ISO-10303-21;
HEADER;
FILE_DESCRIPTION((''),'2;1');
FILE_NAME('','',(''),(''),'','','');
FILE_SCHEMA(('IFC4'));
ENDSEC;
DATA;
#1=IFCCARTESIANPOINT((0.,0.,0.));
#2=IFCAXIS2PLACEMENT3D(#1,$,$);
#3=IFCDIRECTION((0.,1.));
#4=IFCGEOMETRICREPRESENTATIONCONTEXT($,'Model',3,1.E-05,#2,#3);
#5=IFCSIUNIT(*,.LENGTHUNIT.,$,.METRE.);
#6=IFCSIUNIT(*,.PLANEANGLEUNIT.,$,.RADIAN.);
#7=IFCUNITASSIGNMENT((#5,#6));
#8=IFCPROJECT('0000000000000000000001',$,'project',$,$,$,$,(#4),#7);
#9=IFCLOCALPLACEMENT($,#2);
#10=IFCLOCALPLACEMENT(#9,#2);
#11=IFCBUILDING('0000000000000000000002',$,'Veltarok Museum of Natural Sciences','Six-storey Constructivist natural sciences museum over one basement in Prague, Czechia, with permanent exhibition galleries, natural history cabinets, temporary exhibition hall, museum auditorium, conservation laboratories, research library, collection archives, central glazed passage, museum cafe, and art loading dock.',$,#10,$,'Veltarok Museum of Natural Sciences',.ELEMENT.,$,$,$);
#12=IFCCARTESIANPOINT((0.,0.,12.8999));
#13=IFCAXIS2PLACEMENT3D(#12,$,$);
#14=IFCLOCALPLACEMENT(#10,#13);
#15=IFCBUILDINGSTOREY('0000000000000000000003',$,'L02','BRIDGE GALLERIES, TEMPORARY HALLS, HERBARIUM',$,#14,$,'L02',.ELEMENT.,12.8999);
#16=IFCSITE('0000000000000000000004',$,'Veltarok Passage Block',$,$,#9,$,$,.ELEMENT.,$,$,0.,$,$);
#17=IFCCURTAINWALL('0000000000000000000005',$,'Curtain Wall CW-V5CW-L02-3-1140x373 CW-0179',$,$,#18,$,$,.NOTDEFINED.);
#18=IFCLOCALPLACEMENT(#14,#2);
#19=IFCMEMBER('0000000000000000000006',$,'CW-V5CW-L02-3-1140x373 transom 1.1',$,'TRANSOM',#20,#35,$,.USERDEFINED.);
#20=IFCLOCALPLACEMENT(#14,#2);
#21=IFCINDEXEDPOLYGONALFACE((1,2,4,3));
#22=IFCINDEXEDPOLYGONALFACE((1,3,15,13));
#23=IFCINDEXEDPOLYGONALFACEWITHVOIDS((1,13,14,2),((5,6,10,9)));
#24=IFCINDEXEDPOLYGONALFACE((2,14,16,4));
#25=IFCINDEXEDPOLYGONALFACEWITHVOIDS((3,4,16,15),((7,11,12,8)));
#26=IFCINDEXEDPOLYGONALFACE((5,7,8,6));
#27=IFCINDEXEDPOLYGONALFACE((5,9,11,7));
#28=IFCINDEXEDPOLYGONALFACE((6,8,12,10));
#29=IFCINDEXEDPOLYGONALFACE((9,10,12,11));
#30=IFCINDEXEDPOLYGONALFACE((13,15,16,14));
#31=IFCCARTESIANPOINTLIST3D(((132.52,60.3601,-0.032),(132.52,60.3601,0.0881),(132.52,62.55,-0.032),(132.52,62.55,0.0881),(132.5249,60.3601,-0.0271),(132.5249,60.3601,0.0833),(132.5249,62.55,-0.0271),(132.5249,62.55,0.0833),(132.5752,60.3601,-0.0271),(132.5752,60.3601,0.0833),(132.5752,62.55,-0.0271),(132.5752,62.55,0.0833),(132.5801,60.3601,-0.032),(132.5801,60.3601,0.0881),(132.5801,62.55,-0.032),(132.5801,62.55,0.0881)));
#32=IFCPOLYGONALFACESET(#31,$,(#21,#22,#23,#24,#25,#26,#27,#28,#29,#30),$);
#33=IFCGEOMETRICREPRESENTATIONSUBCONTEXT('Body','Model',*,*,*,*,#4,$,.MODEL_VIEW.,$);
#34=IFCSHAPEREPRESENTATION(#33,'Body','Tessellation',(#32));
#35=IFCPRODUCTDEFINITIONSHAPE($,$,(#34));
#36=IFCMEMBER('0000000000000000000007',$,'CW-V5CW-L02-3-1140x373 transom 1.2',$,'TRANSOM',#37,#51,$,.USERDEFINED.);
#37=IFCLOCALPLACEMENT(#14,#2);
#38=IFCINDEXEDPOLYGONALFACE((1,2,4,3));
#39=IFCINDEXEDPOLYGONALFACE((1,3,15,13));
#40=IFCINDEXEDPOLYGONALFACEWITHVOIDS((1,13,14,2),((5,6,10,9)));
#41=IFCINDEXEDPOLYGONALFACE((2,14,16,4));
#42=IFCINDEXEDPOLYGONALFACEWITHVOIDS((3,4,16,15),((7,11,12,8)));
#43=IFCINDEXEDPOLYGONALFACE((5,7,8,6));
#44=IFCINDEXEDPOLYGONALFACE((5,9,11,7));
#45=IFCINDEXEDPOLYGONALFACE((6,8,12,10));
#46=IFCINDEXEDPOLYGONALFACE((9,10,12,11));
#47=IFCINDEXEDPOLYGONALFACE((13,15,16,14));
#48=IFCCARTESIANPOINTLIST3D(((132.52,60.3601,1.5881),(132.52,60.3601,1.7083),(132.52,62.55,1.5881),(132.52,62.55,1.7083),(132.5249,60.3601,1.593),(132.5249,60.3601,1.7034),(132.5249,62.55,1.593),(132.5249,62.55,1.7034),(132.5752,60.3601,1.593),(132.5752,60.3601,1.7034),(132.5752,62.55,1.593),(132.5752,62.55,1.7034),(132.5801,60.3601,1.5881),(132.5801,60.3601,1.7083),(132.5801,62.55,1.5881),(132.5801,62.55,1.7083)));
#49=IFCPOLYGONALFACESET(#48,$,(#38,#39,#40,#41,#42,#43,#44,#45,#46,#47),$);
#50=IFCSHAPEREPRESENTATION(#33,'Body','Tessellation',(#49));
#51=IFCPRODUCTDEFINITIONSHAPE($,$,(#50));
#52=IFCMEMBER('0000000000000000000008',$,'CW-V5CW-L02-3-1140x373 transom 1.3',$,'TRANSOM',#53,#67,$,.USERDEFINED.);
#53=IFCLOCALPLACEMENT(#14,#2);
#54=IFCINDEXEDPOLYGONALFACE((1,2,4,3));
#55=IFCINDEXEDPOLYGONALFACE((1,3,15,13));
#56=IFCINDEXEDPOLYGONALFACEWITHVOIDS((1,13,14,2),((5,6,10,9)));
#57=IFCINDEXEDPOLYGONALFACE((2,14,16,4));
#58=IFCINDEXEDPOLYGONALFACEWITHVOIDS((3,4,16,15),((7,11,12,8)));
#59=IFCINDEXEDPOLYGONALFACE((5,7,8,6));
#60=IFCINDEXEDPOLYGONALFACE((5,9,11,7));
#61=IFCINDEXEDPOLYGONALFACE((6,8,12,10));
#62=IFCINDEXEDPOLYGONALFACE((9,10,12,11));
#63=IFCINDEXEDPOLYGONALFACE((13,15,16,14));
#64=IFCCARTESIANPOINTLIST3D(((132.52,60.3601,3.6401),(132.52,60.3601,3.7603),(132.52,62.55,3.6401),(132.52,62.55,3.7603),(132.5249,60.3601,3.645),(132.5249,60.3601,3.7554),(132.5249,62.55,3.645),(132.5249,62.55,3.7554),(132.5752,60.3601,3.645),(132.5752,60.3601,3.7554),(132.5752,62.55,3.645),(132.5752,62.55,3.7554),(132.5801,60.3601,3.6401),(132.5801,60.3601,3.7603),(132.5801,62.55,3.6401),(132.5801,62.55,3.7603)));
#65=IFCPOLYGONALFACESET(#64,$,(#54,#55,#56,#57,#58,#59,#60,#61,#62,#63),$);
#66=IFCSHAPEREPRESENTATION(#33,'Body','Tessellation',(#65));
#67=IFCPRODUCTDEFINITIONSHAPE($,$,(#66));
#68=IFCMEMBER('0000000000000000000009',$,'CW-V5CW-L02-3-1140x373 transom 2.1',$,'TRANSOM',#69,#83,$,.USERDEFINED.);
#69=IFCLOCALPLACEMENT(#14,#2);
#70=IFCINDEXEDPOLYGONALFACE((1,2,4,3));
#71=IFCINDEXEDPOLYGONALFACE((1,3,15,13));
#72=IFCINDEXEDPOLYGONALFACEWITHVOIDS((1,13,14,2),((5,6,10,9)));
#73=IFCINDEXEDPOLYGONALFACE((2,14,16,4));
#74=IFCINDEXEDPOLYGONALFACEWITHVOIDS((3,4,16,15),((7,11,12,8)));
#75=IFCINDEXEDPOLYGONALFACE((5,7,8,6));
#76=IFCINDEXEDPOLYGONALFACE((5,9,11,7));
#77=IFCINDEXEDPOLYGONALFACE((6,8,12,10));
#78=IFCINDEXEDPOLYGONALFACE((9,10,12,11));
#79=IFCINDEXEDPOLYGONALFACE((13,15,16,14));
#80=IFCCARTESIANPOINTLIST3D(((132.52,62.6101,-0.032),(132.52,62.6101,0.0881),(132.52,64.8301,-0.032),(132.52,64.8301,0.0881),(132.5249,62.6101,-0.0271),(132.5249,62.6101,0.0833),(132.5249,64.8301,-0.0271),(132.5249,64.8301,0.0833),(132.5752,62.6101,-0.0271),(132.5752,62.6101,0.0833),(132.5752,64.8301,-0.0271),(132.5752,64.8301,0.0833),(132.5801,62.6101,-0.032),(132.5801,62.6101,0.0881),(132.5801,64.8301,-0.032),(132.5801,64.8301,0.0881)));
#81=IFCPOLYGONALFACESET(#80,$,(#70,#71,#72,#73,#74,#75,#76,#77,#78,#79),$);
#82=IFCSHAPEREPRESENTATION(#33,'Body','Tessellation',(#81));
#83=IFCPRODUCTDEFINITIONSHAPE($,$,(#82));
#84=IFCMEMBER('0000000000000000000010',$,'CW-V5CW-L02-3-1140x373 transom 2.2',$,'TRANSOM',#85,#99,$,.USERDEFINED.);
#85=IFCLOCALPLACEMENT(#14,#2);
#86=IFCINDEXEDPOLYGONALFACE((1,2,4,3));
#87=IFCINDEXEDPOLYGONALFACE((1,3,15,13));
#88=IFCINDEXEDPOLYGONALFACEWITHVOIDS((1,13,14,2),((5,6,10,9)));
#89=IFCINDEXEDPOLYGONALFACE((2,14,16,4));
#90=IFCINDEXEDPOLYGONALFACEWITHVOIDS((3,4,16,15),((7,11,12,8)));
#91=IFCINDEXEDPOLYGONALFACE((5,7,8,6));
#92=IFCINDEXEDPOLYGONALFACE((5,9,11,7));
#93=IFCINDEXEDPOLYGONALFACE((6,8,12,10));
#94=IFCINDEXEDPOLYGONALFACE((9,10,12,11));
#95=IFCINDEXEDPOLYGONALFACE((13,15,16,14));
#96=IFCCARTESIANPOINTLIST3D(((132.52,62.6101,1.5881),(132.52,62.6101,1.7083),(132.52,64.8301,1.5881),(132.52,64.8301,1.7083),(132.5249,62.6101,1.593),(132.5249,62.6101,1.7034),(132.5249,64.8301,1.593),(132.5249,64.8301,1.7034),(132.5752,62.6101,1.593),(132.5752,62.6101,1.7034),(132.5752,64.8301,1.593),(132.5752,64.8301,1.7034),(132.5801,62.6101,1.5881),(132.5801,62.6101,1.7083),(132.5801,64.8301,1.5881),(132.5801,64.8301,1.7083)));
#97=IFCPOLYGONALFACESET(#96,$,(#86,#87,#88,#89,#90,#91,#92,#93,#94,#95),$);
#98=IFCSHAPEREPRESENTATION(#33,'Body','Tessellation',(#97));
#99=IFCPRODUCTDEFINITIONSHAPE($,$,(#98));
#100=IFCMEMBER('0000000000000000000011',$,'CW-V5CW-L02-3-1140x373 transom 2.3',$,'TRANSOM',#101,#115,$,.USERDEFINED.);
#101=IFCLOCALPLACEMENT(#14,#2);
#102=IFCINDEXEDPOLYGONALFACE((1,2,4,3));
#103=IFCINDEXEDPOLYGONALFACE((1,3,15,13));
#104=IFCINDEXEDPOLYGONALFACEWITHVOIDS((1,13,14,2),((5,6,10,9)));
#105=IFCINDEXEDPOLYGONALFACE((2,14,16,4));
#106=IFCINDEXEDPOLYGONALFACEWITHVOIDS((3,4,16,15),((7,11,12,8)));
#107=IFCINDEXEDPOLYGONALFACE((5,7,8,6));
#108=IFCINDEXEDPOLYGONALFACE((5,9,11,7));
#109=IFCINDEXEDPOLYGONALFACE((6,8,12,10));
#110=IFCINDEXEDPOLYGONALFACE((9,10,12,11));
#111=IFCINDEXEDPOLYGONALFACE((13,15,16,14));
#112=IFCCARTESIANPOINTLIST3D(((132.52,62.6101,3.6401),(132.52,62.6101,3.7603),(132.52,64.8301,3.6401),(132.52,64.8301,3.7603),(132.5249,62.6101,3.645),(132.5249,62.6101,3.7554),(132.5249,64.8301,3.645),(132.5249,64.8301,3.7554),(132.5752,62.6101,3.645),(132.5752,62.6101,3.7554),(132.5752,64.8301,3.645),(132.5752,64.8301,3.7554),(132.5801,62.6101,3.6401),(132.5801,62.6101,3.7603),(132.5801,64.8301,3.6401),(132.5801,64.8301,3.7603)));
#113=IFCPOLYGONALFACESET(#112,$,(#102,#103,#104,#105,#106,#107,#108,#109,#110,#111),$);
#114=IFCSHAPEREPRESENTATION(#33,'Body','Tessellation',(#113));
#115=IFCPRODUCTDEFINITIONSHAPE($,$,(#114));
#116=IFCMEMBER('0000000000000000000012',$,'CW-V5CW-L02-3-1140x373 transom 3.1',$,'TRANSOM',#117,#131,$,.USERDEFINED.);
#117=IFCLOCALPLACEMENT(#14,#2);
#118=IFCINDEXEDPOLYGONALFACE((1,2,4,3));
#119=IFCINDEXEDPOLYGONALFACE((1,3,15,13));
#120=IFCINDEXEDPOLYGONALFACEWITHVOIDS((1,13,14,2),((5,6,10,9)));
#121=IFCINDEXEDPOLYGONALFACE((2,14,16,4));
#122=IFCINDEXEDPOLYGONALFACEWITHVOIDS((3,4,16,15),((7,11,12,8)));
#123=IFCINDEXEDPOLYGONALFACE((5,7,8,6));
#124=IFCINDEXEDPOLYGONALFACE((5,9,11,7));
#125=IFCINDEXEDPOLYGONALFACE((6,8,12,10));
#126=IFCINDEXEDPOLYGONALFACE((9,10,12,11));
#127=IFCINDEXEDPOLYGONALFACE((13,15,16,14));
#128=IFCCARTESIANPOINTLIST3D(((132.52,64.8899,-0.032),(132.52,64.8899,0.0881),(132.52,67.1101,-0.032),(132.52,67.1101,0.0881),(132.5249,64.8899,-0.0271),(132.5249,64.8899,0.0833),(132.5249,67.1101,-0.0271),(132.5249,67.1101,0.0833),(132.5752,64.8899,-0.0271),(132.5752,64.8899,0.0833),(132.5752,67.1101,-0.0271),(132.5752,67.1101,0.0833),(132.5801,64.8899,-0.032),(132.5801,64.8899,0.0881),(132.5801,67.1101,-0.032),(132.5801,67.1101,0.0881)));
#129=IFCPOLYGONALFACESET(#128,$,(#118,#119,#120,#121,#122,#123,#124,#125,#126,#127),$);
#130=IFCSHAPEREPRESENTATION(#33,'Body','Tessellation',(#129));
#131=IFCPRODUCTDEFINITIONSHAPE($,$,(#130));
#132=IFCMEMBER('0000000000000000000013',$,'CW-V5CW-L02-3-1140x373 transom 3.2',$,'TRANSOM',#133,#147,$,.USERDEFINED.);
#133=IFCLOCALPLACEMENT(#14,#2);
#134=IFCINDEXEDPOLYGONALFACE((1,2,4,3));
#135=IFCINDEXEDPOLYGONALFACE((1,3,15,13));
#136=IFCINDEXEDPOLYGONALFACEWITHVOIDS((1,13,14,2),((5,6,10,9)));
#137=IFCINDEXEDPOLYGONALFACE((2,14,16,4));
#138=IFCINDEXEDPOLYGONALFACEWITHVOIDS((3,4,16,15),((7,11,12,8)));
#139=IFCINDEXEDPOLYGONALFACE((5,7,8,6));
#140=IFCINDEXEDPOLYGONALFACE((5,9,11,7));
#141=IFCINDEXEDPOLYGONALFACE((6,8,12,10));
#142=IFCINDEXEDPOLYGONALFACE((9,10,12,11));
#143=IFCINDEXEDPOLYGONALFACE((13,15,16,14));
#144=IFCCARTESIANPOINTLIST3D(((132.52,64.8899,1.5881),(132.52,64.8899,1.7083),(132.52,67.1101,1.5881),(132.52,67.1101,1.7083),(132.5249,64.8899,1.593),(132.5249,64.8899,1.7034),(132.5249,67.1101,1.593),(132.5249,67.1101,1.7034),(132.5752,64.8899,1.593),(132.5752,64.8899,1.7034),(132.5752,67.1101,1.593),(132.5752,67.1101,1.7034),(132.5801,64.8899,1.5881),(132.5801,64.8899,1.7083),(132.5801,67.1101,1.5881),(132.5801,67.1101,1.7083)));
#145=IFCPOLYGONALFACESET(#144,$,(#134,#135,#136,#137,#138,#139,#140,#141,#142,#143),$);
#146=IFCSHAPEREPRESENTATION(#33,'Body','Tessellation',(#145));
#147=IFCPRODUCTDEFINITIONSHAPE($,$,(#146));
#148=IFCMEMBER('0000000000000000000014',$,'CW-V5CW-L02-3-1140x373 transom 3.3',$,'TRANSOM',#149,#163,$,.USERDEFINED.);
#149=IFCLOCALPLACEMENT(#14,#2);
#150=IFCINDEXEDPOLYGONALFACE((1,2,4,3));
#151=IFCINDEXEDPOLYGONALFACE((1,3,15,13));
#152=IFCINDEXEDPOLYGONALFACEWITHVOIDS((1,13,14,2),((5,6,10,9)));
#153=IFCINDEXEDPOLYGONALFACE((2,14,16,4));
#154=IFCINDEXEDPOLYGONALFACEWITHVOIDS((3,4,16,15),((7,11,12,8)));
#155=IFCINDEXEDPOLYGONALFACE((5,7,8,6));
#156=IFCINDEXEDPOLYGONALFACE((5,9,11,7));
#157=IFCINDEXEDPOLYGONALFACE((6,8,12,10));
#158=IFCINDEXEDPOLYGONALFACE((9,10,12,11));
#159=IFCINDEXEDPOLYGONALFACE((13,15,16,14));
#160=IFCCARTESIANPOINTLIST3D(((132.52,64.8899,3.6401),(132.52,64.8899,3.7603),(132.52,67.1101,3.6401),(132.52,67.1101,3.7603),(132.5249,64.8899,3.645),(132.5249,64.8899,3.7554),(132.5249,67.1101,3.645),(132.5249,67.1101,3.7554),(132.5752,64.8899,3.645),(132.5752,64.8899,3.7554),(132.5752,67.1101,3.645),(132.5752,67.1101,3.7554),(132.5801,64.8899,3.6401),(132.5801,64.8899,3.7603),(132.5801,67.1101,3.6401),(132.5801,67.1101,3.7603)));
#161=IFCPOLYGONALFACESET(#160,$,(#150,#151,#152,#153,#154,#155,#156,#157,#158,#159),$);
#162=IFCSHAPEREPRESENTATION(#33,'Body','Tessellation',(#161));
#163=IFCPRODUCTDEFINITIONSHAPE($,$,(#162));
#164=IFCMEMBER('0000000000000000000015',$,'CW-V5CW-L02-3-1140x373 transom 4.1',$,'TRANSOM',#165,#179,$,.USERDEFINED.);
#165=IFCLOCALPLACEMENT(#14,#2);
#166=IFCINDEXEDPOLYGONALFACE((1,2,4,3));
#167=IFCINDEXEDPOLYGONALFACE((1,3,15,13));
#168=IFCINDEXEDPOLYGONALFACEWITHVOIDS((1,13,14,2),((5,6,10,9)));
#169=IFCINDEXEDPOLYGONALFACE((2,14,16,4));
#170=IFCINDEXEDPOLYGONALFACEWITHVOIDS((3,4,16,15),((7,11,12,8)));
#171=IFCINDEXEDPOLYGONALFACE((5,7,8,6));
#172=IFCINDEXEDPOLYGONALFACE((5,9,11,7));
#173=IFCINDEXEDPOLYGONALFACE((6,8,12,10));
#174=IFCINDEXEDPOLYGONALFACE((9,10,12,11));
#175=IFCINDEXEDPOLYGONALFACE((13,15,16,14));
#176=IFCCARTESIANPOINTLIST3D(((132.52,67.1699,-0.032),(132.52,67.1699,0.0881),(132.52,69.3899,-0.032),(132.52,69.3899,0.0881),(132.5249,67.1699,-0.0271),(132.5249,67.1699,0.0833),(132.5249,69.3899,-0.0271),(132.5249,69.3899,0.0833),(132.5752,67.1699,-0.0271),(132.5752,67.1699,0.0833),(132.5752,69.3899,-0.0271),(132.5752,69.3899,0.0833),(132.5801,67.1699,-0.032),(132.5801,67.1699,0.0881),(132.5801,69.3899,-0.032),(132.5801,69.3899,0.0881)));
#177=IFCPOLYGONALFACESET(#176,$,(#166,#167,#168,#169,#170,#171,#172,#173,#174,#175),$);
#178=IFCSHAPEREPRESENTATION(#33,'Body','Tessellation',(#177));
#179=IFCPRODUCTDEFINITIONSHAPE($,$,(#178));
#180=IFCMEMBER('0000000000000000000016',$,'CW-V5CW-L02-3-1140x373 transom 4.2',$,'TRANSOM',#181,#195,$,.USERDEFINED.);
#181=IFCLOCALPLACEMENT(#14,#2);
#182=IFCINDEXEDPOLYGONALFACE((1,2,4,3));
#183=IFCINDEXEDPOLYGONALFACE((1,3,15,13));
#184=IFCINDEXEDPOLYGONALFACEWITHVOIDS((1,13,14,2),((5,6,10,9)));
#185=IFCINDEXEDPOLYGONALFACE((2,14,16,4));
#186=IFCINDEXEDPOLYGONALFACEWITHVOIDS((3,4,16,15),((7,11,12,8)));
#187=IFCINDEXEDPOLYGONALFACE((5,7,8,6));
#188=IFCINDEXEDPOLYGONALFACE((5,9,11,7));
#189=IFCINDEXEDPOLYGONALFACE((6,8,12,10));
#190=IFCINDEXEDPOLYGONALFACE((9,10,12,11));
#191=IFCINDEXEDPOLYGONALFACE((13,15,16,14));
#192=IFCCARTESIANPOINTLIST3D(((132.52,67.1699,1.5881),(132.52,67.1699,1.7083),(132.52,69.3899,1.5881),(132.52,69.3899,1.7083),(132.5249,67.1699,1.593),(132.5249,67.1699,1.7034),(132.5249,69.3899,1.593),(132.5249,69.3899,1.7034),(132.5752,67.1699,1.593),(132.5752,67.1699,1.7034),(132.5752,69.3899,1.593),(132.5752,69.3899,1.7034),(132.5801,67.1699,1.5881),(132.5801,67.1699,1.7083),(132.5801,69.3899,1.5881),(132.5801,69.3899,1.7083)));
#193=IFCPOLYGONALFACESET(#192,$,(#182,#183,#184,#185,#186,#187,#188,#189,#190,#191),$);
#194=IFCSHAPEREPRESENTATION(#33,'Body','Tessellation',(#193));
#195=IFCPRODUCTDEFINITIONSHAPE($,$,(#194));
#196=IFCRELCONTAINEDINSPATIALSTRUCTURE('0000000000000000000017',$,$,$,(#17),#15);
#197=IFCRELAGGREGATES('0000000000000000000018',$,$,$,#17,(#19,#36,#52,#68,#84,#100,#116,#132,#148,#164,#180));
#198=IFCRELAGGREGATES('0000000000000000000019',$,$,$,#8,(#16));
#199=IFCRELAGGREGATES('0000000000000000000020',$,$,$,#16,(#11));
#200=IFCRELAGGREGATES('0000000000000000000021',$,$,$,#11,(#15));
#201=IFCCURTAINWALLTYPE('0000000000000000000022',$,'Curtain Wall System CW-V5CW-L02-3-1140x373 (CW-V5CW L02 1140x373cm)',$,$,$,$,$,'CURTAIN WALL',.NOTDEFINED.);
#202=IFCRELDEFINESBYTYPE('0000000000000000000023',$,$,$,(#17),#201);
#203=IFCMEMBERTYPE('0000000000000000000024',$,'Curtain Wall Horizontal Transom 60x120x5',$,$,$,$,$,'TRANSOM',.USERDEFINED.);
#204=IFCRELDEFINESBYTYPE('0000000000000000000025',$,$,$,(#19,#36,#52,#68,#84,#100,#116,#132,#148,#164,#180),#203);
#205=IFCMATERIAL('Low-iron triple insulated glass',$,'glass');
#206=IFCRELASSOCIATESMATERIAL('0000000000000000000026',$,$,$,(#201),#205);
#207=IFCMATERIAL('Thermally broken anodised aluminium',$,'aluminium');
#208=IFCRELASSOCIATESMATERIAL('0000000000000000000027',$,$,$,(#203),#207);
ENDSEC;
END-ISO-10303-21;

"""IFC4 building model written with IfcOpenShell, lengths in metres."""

from ifc_helpers import new_model, si_unit, direction, frame, origin, origin_2d, place, context, subcontext, project, spatial, hollow_rectangle, extrude, material, material_profile, profile_set, type_object, element, aggregate, save


model = new_model("IFC4")

# Units and contexts
model_context = context("Model", 3, precision=1e-05, world=origin(), true_north=direction((0.0, 1.0)))
body_context = subcontext(model_context, "Body", "Model", "MODEL_VIEW")
ifc_project = project(units=[si_unit("LENGTHUNIT", "METRE"), si_unit("PLANEANGLEUNIT", "RADIAN")], contexts=[model_context])

# Site, building, storey
site_placement = place(None, origin())
site = spatial("IfcSite", under=ifc_project, at=site_placement, Name="Veltarok Passage Block", CompositionType="ELEMENT", RefElevation=0.0)
building_placement = place(site_placement, origin())
building = spatial("IfcBuilding", under=site, at=building_placement, Name="Veltarok Museum of Natural Sciences", Description="Six-storey Constructivist natural sciences museum over one basement in Prague, Czechia, with permanent exhibition galleries, natural history cabinets, temporary exhibition hall, museum auditorium, conservation laboratories, research library, collection archives, central glazed passage, museum cafe, and art loading dock.", LongName="Veltarok Museum of Natural Sciences", CompositionType="ELEMENT")
storey_placement = place(building_placement, frame((0.0, 0.0, 12.8999)))
storey = spatial("IfcBuildingStorey", under=building, at=storey_placement, Name="L02", Description="BRIDGE GALLERIES, TEMPORARY HALLS, HERBARIUM", LongName="L02", CompositionType="ELEMENT", Elevation=12.8999)

# Curtain wall, members
ifc_material_1 = material(Name="Low-iron triple insulated glass", Category="glass")
curtain_wall_type_1 = type_object("IfcCurtainWallType", Name="Curtain Wall System CW-V5CW-L02-3-1140x373 (CW-V5CW L02 1140x373cm)", ElementType="CURTAIN WALL", PredefinedType="NOTDEFINED", material=ifc_material_1)
curtain_wall_1_placement = place(storey_placement, origin())
curtain_wall_1 = element("IfcCurtainWall", 1, at=curtain_wall_1_placement, inside=storey, type_object=curtain_wall_type_1, Name="Curtain Wall CW-V5CW-L02-3-1140x373 CW-0179", PredefinedType="NOTDEFINED")
ifc_material_2 = material(Name="Thermally broken anodised aluminium", Category="aluminium")
ifc_material_profile_1 = material_profile(ifc_material_2, hollow_rectangle(XDim=0.0601, YDim=0.1201, WallThickness=0.0049, at=origin_2d()), Name="CW TRANSOM 60x120x5")
ifc_profile_set_1 = profile_set([ifc_material_profile_1], Name="Thermally broken anodised aluminium")
member_type_1 = type_object("IfcMemberType", Name="Curtain Wall Horizontal Transom 60x120x5", ElementType="TRANSOM", PredefinedType="USERDEFINED", material=ifc_profile_set_1)
member_1_placement = place(storey_placement, frame((132.55, 60.3601, 0.0281), z_axis=(0.0, 1.0, 0.0), x_axis=(-1.0, 0.0, 0.0)))
member_1 = element("IfcMember", 2, at=member_1_placement, type_object=member_type_1, Name="CW-V5CW-L02-3-1140x373 transom 1.1", ObjectType="TRANSOM", PredefinedType="USERDEFINED", context=body_context, shape_type="SweptSolid", body=[
    extrude(hollow_rectangle(XDim=0.0601, YDim=0.1201, WallThickness=0.0049, at=origin_2d()), origin(), (0.0, 0.0, 1.0), 2.1899),
])
member_2_placement = place(storey_placement, frame((132.55, 60.3601, 1.6482), z_axis=(0.0, 1.0, 0.0), x_axis=(-1.0, 0.0, 0.0)))
member_2 = element("IfcMember", 3, at=member_2_placement, type_object=member_type_1, Name="CW-V5CW-L02-3-1140x373 transom 1.2", ObjectType="TRANSOM", PredefinedType="USERDEFINED", context=body_context, shape_type="SweptSolid", body=[
    extrude(hollow_rectangle(XDim=0.0601, YDim=0.1201, WallThickness=0.0049, at=origin_2d()), origin(), (0.0, 0.0, 1.0), 2.1899),
])
member_3_placement = place(storey_placement, frame((132.55, 60.3601, 3.7002), z_axis=(0.0, 1.0, 0.0), x_axis=(-1.0, 0.0, 0.0)))
member_3 = element("IfcMember", 4, at=member_3_placement, type_object=member_type_1, Name="CW-V5CW-L02-3-1140x373 transom 1.3", ObjectType="TRANSOM", PredefinedType="USERDEFINED", context=body_context, shape_type="SweptSolid", body=[
    extrude(hollow_rectangle(XDim=0.0601, YDim=0.1201, WallThickness=0.0049, at=origin_2d()), origin(), (0.0, 0.0, 1.0), 2.1899),
])
member_4_placement = place(storey_placement, frame((132.55, 62.6101, 0.0281), z_axis=(0.0, 1.0, 0.0), x_axis=(-1.0, 0.0, 0.0)))
member_4 = element("IfcMember", 5, at=member_4_placement, type_object=member_type_1, Name="CW-V5CW-L02-3-1140x373 transom 2.1", ObjectType="TRANSOM", PredefinedType="USERDEFINED", context=body_context, shape_type="SweptSolid", body=[
    extrude(hollow_rectangle(XDim=0.0601, YDim=0.1201, WallThickness=0.0049, at=origin_2d()), origin(), (0.0, 0.0, 1.0), 2.22),
])
member_5_placement = place(storey_placement, frame((132.55, 62.6101, 1.6482), z_axis=(0.0, 1.0, 0.0), x_axis=(-1.0, 0.0, 0.0)))
member_5 = element("IfcMember", 6, at=member_5_placement, type_object=member_type_1, Name="CW-V5CW-L02-3-1140x373 transom 2.2", ObjectType="TRANSOM", PredefinedType="USERDEFINED", context=body_context, shape_type="SweptSolid", body=[
    extrude(hollow_rectangle(XDim=0.0601, YDim=0.1201, WallThickness=0.0049, at=origin_2d()), origin(), (0.0, 0.0, 1.0), 2.22),
])
member_6_placement = place(storey_placement, frame((132.55, 62.6101, 3.7002), z_axis=(0.0, 1.0, 0.0), x_axis=(-1.0, 0.0, 0.0)))
member_6 = element("IfcMember", 7, at=member_6_placement, type_object=member_type_1, Name="CW-V5CW-L02-3-1140x373 transom 2.3", ObjectType="TRANSOM", PredefinedType="USERDEFINED", context=body_context, shape_type="SweptSolid", body=[
    extrude(hollow_rectangle(XDim=0.0601, YDim=0.1201, WallThickness=0.0049, at=origin_2d()), origin(), (0.0, 0.0, 1.0), 2.22),
])
member_7_placement = place(storey_placement, frame((132.55, 64.8899, 0.0281), z_axis=(0.0, 1.0, 0.0), x_axis=(-1.0, 0.0, 0.0)))
member_7 = element("IfcMember", 8, at=member_7_placement, type_object=member_type_1, Name="CW-V5CW-L02-3-1140x373 transom 3.1", ObjectType="TRANSOM", PredefinedType="USERDEFINED", context=body_context, shape_type="SweptSolid", body=[
    extrude(hollow_rectangle(XDim=0.0601, YDim=0.1201, WallThickness=0.0049, at=origin_2d()), origin(), (0.0, 0.0, 1.0), 2.2202),
])
member_8_placement = place(storey_placement, frame((132.55, 64.8899, 1.6482), z_axis=(0.0, 1.0, 0.0), x_axis=(-1.0, 0.0, 0.0)))
member_8 = element("IfcMember", 9, at=member_8_placement, type_object=member_type_1, Name="CW-V5CW-L02-3-1140x373 transom 3.2", ObjectType="TRANSOM", PredefinedType="USERDEFINED", context=body_context, shape_type="SweptSolid", body=[
    extrude(hollow_rectangle(XDim=0.0601, YDim=0.1201, WallThickness=0.0049, at=origin_2d()), origin(), (0.0, 0.0, 1.0), 2.2202),
])
member_9_placement = place(storey_placement, frame((132.55, 64.8899, 3.7002), z_axis=(0.0, 1.0, 0.0), x_axis=(-1.0, 0.0, 0.0)))
member_9 = element("IfcMember", 10, at=member_9_placement, type_object=member_type_1, Name="CW-V5CW-L02-3-1140x373 transom 3.3", ObjectType="TRANSOM", PredefinedType="USERDEFINED", context=body_context, shape_type="SweptSolid", body=[
    extrude(hollow_rectangle(XDim=0.0601, YDim=0.1201, WallThickness=0.0049, at=origin_2d()), origin(), (0.0, 0.0, 1.0), 2.2202),
])
member_10_placement = place(storey_placement, frame((132.55, 67.1699, 0.0281), z_axis=(0.0, 1.0, 0.0), x_axis=(-1.0, 0.0, 0.0)))
member_10 = element("IfcMember", 11, at=member_10_placement, type_object=member_type_1, Name="CW-V5CW-L02-3-1140x373 transom 4.1", ObjectType="TRANSOM", PredefinedType="USERDEFINED", context=body_context, shape_type="SweptSolid", body=[
    extrude(hollow_rectangle(XDim=0.0601, YDim=0.1201, WallThickness=0.0049, at=origin_2d()), origin(), (0.0, 0.0, 1.0), 2.22),
])
member_11_placement = place(storey_placement, frame((132.55, 67.1699, 1.6482), z_axis=(0.0, 1.0, 0.0), x_axis=(-1.0, 0.0, 0.0)))
member_11 = element("IfcMember", 12, at=member_11_placement, type_object=member_type_1, Name="CW-V5CW-L02-3-1140x373 transom 4.2", ObjectType="TRANSOM", PredefinedType="USERDEFINED", context=body_context, shape_type="SweptSolid", body=[
    extrude(hollow_rectangle(XDim=0.0601, YDim=0.1201, WallThickness=0.0049, at=origin_2d()), origin(), (0.0, 0.0, 1.0), 2.22),
])

aggregate(curtain_wall_1, [member_1, member_2, member_3, member_4, member_5, member_6, member_7, member_8, member_9, member_10, member_11])

save(model, "model.ifc")
